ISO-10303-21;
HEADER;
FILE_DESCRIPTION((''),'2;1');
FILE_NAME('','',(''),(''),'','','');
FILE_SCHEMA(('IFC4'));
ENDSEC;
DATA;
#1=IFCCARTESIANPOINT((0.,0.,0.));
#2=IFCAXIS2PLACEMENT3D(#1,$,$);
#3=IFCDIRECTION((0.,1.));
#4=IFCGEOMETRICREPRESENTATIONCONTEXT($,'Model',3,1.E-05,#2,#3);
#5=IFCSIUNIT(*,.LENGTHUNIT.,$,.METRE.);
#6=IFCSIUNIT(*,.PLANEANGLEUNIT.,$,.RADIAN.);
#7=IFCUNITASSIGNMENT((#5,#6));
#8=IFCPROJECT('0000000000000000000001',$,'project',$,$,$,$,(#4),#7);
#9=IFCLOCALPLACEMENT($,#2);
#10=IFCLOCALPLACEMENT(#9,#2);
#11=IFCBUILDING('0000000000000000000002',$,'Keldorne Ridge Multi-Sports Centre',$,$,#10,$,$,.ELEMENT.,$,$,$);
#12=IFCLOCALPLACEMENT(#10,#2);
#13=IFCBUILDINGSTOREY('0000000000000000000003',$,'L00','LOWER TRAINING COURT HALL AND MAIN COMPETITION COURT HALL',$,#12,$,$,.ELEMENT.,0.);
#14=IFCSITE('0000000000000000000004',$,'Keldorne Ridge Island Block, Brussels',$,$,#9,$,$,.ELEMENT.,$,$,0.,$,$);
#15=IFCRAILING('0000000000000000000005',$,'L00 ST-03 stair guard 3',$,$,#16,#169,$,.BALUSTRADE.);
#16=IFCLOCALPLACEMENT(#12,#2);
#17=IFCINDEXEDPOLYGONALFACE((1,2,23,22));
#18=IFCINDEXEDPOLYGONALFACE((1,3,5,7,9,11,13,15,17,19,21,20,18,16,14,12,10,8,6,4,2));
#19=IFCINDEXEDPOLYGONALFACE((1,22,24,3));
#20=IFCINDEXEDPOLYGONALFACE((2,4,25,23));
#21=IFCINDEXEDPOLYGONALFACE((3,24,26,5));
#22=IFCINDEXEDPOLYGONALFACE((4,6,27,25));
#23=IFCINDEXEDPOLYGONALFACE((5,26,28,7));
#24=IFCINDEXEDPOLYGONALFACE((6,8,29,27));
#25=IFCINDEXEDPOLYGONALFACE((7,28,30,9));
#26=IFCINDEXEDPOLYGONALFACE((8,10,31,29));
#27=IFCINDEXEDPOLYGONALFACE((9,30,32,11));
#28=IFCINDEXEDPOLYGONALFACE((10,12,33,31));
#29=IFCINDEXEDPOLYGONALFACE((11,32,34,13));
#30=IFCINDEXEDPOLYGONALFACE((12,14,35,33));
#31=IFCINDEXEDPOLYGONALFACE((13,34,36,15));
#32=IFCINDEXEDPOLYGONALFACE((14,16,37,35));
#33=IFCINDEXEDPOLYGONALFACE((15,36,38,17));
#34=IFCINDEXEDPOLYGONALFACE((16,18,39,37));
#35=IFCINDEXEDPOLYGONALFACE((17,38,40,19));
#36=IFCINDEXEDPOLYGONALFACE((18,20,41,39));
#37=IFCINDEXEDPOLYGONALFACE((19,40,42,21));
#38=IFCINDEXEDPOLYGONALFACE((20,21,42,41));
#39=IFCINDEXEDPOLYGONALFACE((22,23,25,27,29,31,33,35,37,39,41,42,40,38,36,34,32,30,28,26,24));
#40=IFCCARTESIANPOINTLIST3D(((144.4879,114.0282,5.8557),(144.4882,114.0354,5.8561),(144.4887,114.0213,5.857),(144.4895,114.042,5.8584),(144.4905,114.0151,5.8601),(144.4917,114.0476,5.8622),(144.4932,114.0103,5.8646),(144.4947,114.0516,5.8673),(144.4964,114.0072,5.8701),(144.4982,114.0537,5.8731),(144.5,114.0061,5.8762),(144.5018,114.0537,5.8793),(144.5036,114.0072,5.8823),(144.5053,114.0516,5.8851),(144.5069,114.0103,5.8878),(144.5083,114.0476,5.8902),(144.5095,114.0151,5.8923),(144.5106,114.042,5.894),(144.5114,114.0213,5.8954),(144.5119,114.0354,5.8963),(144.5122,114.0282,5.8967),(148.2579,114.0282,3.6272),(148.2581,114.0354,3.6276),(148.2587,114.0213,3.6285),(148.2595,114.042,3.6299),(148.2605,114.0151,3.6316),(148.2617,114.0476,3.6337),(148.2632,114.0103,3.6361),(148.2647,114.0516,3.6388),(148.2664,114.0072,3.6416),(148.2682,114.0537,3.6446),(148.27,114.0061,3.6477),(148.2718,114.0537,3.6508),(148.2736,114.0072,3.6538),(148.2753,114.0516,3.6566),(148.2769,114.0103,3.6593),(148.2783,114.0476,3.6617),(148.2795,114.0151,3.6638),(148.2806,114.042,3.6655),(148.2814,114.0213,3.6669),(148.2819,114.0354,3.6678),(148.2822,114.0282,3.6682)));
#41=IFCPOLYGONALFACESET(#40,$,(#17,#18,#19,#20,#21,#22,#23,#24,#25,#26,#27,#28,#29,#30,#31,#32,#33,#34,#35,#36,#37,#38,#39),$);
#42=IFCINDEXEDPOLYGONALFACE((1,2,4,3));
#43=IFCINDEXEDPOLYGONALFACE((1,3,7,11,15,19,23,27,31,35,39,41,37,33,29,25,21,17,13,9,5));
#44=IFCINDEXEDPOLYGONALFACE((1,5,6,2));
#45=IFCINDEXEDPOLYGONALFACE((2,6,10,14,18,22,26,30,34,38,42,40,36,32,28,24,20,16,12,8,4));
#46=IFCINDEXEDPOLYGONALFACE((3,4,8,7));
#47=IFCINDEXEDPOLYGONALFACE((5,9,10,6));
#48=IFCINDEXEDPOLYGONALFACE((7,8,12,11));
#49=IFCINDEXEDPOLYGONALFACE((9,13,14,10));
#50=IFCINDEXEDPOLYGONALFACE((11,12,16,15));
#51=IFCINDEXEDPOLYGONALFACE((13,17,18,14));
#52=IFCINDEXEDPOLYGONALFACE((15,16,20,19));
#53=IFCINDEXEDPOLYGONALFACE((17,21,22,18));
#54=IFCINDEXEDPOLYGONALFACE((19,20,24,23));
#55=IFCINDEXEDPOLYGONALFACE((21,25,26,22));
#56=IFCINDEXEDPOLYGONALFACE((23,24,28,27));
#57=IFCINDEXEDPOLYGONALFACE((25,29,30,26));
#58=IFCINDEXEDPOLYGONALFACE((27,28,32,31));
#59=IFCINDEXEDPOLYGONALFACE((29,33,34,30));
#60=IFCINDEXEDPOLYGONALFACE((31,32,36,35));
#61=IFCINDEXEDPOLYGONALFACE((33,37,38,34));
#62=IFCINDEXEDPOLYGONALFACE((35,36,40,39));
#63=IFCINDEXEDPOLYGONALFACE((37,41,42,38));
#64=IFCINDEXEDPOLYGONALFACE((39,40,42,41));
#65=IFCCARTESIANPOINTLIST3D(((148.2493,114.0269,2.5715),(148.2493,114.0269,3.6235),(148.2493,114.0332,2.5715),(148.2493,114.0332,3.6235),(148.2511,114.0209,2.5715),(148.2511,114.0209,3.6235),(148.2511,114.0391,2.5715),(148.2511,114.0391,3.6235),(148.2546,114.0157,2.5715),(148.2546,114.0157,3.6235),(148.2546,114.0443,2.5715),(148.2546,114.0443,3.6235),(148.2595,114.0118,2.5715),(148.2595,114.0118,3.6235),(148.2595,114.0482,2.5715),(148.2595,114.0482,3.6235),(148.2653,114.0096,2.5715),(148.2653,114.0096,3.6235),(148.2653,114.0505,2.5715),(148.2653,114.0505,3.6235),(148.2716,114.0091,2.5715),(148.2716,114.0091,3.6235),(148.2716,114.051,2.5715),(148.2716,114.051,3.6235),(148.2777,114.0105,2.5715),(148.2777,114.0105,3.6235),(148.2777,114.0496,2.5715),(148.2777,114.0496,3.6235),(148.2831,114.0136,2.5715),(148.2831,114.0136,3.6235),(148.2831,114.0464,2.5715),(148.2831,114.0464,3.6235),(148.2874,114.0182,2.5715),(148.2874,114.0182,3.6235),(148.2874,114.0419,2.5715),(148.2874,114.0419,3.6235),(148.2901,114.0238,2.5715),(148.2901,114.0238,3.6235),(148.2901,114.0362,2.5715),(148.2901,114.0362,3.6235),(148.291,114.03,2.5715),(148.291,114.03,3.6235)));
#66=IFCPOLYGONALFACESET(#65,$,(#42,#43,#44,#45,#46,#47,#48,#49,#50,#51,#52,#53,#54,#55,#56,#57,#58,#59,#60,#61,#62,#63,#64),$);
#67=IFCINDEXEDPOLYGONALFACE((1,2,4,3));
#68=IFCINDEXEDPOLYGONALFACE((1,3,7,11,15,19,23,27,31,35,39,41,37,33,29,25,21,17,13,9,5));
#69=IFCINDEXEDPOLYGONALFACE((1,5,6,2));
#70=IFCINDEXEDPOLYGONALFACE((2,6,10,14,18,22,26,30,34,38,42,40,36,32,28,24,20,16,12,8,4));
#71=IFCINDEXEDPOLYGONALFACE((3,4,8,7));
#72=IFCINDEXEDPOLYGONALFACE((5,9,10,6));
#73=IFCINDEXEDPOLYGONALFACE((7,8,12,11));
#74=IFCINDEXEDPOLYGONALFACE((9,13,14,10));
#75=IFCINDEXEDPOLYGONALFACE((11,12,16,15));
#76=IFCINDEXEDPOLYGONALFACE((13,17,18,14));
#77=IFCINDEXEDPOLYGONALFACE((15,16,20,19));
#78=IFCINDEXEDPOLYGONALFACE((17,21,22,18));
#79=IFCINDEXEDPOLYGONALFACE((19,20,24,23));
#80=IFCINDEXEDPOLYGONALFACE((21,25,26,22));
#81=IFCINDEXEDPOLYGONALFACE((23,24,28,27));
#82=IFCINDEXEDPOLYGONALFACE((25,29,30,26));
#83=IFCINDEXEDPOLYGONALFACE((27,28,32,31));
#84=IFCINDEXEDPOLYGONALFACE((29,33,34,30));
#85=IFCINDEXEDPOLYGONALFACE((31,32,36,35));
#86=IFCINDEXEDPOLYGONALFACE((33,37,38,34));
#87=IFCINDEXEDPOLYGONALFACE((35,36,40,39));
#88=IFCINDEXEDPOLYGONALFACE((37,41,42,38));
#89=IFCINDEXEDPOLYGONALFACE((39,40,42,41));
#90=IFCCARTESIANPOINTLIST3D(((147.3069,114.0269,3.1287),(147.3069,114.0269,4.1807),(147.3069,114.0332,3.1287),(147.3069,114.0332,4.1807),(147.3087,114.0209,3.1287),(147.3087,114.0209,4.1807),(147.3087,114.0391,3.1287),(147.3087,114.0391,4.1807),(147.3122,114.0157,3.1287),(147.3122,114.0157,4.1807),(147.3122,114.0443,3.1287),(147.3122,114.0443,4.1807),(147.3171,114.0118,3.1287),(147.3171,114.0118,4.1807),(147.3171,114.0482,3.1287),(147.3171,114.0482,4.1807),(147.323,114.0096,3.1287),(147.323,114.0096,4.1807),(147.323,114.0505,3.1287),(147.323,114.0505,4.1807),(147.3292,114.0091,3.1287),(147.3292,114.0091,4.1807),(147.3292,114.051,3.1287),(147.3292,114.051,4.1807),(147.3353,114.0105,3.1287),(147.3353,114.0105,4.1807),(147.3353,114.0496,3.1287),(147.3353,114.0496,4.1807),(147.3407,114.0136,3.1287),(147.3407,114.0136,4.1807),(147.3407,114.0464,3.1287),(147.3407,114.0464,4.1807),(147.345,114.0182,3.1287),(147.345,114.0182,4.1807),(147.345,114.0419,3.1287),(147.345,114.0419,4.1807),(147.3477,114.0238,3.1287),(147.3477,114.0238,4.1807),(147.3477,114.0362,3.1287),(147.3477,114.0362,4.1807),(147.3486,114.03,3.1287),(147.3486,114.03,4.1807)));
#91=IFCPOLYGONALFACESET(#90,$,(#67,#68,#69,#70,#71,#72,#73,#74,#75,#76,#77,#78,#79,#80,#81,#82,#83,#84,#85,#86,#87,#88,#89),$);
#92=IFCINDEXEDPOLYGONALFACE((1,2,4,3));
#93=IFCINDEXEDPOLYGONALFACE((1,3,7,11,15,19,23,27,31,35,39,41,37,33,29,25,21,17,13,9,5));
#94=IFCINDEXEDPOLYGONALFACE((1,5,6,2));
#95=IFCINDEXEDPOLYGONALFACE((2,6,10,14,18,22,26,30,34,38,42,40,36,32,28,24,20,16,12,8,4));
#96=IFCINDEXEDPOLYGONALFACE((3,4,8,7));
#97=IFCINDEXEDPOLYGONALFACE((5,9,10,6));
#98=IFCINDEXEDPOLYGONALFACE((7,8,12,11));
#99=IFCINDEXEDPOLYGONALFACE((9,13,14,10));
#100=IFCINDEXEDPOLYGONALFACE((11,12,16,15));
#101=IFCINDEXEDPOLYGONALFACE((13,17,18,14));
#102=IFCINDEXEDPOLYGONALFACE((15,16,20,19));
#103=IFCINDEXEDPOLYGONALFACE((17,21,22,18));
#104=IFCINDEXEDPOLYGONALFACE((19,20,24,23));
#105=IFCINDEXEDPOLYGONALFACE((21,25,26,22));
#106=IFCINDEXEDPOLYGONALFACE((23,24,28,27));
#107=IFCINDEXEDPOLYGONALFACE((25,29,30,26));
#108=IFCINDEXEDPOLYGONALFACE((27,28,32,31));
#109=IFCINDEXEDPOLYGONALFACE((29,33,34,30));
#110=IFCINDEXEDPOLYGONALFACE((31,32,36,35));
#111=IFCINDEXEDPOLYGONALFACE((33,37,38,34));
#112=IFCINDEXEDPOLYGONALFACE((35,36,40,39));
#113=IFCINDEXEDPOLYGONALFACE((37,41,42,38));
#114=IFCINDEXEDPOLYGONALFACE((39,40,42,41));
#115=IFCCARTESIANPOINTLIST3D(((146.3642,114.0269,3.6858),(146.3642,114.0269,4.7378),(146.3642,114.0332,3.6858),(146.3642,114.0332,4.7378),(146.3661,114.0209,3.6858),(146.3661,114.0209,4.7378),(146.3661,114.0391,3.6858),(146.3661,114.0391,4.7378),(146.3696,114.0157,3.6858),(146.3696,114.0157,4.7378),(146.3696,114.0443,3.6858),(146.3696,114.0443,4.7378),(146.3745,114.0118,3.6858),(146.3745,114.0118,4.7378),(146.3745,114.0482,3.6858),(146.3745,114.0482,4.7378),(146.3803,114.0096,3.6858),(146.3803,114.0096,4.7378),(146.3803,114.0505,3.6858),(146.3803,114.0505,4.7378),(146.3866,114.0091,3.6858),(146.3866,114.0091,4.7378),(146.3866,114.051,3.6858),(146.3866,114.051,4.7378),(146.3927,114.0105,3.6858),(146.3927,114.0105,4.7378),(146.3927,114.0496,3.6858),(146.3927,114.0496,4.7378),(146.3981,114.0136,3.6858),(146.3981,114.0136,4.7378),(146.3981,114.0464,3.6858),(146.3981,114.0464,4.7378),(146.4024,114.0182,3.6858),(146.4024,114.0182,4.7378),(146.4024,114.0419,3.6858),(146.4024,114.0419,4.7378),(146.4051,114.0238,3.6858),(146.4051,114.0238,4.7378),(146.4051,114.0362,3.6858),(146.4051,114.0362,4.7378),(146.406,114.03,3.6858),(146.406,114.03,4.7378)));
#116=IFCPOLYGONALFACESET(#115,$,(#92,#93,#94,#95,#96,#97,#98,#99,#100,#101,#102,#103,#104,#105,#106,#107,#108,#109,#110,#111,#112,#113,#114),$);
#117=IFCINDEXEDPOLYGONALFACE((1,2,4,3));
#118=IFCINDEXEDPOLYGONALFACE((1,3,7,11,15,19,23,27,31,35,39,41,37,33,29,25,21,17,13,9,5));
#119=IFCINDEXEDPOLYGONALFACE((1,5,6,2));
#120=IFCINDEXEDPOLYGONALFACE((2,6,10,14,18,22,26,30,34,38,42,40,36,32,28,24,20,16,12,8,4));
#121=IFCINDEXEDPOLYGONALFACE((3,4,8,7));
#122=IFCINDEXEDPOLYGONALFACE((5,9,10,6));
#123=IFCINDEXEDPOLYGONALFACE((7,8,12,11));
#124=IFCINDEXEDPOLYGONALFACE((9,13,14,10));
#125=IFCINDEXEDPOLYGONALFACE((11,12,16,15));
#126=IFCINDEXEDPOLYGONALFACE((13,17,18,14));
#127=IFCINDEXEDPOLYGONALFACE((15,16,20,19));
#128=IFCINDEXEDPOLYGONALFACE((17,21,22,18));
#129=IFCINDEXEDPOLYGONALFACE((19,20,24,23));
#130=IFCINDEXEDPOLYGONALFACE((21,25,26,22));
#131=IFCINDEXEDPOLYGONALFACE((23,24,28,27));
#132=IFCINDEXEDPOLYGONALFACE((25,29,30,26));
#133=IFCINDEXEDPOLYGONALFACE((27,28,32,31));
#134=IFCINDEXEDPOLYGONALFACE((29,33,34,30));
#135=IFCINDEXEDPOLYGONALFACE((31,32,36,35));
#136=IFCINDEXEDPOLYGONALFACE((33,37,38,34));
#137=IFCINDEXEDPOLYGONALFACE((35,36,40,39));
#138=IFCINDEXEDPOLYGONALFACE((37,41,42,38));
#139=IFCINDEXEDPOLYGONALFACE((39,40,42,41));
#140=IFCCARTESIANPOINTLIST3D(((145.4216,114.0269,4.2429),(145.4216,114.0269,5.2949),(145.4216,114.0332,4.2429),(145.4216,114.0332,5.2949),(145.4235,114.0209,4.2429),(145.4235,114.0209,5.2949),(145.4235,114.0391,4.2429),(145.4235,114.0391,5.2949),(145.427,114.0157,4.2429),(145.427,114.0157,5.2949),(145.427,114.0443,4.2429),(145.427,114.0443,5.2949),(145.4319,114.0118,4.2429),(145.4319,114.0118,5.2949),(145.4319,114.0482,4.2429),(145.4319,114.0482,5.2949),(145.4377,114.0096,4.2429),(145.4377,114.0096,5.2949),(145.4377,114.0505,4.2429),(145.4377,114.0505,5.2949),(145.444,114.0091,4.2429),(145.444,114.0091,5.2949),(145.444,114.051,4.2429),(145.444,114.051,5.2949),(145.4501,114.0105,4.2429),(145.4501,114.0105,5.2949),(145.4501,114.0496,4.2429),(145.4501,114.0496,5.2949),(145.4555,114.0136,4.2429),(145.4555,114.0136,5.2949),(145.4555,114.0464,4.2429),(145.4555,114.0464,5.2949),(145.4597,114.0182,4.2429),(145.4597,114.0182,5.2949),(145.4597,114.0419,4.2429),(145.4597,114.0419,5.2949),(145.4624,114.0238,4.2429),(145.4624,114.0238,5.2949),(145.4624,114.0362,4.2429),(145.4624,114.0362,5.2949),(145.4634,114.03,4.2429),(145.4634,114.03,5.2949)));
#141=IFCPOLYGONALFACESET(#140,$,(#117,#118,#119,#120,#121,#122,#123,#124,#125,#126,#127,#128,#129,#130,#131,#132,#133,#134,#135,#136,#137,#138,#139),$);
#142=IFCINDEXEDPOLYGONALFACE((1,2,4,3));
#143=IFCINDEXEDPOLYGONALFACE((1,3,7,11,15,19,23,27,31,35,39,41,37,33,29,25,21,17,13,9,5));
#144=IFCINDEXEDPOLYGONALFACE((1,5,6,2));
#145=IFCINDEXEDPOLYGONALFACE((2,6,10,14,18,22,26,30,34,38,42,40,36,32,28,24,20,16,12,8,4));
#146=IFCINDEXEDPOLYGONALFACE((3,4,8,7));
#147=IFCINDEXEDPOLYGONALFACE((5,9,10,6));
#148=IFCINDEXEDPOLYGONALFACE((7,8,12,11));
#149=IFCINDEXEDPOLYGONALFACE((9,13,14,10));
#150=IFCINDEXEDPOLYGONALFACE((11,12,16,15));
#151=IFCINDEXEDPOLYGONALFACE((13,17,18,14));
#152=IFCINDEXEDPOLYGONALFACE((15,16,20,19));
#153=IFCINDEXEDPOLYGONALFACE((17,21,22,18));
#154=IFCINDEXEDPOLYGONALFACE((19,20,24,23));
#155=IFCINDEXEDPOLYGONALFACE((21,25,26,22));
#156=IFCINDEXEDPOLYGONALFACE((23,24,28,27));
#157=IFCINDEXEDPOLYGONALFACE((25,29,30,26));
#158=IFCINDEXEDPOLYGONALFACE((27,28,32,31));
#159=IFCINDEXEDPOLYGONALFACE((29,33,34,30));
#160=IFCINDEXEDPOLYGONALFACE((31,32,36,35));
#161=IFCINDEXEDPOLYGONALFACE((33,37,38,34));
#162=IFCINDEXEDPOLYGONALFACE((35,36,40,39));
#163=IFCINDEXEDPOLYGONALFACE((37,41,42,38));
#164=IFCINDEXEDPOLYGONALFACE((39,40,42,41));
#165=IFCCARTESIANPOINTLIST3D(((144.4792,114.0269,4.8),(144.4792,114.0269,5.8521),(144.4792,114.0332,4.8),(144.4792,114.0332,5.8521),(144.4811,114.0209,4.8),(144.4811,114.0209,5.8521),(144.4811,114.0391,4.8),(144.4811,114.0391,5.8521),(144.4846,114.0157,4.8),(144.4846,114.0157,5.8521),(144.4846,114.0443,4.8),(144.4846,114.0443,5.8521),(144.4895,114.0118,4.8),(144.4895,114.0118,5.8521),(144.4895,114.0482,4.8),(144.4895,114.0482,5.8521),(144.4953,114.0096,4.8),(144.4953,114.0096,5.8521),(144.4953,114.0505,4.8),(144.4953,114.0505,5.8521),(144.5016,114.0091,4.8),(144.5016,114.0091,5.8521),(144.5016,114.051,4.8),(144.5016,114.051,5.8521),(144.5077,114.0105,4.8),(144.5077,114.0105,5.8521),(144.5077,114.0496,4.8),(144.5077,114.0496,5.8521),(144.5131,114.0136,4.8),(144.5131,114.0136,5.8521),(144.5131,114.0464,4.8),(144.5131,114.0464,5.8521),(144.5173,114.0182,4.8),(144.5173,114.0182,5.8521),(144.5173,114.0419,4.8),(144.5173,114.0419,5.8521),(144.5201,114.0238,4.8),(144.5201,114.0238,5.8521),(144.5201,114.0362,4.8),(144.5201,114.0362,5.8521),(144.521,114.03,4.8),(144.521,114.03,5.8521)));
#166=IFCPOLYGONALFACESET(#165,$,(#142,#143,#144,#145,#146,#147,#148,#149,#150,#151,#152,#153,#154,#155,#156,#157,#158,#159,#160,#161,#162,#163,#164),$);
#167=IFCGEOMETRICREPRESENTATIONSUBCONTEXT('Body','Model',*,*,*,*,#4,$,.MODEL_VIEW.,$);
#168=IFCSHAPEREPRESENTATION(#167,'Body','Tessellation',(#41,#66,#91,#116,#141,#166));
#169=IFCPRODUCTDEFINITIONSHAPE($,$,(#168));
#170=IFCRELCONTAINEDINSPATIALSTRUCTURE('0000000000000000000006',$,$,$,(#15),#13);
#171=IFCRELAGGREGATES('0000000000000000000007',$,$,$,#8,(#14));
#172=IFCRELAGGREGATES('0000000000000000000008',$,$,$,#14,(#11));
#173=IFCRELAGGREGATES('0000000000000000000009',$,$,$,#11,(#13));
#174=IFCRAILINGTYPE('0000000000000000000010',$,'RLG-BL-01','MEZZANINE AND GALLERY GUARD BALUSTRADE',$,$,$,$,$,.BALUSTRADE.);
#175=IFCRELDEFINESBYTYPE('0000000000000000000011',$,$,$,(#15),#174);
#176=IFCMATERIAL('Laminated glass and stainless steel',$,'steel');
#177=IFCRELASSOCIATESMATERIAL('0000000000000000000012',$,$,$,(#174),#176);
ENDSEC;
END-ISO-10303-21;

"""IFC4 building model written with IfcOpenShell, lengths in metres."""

from ifc_helpers import new_model, si_unit, direction, frame, origin, origin_2d, place, context, subcontext, project, spatial, circle, extrude, material, type_object, element, save


model = new_model("IFC4")

# Units and contexts
model_context = context("Model", 3, precision=1e-05, world=origin(), true_north=direction((0.0, 1.0)))
body_context = subcontext(model_context, "Body", "Model", "MODEL_VIEW")
ifc_project = project(units=[si_unit("LENGTHUNIT", "METRE"), si_unit("PLANEANGLEUNIT", "RADIAN")], contexts=[model_context])

# Site, building, storey
site_placement = place(None, origin())
site = spatial("IfcSite", under=ifc_project, at=site_placement, Name="Keldorne Ridge Island Block, Brussels", CompositionType="ELEMENT", RefElevation=0.0)
building_placement = place(site_placement, origin())
building = spatial("IfcBuilding", under=site, at=building_placement, Name="Keldorne Ridge Multi-Sports Centre", CompositionType="ELEMENT")
storey_placement = place(building_placement, origin())
storey = spatial("IfcBuildingStorey", under=building, at=storey_placement, Name="L00", Description="LOWER TRAINING COURT HALL AND MAIN COMPETITION COURT HALL", CompositionType="ELEMENT", Elevation=0.0)

# Railing
ifc_material_1 = material(Name="Laminated glass and stainless steel", Category="steel")
railing_type_1 = type_object("IfcRailingType", Name="RLG-BL-01", Description="MEZZANINE AND GALLERY GUARD BALUSTRADE", PredefinedType="BALUSTRADE", material=ifc_material_1)
railing_1_placement = place(storey_placement, frame((148.27, 114.03, 2.5715)))
element("IfcRailing", 1, at=railing_1_placement, inside=storey, type_object=railing_type_1, Name="L00 ST-03 stair guard 3", PredefinedType="BALUSTRADE", context=body_context, shape_type="SweptSolid", body=[
    extrude(circle(Radius=0.0239, at=origin_2d()), frame((0.0, 0.0, 1.0762), z_axis=(-0.860849, 0.0, 0.508861), x_axis=(0.0, -1.0, 0.0)), (0.0, 0.0, 1.0), 4.3794),
    extrude(circle(Radius=0.021, at=origin_2d()), origin(), (0.0, 0.0, 1.0), 1.052),
    extrude(circle(Radius=0.021, at=origin_2d()), frame((-0.9424, 0.0, 0.5571)), (0.0, 0.0, 1.0), 1.052),
    extrude(circle(Radius=0.021, at=origin_2d()), frame((-1.885, 0.0, 1.1143)), (0.0, 0.0, 1.0), 1.052),
    extrude(circle(Radius=0.021, at=origin_2d()), frame((-2.8276, 0.0, 1.6714)), (0.0, 0.0, 1.0), 1.052),
    extrude(circle(Radius=0.021, at=origin_2d()), frame((-3.77, 0.0, 2.2285)), (0.0, 0.0, 1.0), 1.052),
])

save(model, "model.ifc")
